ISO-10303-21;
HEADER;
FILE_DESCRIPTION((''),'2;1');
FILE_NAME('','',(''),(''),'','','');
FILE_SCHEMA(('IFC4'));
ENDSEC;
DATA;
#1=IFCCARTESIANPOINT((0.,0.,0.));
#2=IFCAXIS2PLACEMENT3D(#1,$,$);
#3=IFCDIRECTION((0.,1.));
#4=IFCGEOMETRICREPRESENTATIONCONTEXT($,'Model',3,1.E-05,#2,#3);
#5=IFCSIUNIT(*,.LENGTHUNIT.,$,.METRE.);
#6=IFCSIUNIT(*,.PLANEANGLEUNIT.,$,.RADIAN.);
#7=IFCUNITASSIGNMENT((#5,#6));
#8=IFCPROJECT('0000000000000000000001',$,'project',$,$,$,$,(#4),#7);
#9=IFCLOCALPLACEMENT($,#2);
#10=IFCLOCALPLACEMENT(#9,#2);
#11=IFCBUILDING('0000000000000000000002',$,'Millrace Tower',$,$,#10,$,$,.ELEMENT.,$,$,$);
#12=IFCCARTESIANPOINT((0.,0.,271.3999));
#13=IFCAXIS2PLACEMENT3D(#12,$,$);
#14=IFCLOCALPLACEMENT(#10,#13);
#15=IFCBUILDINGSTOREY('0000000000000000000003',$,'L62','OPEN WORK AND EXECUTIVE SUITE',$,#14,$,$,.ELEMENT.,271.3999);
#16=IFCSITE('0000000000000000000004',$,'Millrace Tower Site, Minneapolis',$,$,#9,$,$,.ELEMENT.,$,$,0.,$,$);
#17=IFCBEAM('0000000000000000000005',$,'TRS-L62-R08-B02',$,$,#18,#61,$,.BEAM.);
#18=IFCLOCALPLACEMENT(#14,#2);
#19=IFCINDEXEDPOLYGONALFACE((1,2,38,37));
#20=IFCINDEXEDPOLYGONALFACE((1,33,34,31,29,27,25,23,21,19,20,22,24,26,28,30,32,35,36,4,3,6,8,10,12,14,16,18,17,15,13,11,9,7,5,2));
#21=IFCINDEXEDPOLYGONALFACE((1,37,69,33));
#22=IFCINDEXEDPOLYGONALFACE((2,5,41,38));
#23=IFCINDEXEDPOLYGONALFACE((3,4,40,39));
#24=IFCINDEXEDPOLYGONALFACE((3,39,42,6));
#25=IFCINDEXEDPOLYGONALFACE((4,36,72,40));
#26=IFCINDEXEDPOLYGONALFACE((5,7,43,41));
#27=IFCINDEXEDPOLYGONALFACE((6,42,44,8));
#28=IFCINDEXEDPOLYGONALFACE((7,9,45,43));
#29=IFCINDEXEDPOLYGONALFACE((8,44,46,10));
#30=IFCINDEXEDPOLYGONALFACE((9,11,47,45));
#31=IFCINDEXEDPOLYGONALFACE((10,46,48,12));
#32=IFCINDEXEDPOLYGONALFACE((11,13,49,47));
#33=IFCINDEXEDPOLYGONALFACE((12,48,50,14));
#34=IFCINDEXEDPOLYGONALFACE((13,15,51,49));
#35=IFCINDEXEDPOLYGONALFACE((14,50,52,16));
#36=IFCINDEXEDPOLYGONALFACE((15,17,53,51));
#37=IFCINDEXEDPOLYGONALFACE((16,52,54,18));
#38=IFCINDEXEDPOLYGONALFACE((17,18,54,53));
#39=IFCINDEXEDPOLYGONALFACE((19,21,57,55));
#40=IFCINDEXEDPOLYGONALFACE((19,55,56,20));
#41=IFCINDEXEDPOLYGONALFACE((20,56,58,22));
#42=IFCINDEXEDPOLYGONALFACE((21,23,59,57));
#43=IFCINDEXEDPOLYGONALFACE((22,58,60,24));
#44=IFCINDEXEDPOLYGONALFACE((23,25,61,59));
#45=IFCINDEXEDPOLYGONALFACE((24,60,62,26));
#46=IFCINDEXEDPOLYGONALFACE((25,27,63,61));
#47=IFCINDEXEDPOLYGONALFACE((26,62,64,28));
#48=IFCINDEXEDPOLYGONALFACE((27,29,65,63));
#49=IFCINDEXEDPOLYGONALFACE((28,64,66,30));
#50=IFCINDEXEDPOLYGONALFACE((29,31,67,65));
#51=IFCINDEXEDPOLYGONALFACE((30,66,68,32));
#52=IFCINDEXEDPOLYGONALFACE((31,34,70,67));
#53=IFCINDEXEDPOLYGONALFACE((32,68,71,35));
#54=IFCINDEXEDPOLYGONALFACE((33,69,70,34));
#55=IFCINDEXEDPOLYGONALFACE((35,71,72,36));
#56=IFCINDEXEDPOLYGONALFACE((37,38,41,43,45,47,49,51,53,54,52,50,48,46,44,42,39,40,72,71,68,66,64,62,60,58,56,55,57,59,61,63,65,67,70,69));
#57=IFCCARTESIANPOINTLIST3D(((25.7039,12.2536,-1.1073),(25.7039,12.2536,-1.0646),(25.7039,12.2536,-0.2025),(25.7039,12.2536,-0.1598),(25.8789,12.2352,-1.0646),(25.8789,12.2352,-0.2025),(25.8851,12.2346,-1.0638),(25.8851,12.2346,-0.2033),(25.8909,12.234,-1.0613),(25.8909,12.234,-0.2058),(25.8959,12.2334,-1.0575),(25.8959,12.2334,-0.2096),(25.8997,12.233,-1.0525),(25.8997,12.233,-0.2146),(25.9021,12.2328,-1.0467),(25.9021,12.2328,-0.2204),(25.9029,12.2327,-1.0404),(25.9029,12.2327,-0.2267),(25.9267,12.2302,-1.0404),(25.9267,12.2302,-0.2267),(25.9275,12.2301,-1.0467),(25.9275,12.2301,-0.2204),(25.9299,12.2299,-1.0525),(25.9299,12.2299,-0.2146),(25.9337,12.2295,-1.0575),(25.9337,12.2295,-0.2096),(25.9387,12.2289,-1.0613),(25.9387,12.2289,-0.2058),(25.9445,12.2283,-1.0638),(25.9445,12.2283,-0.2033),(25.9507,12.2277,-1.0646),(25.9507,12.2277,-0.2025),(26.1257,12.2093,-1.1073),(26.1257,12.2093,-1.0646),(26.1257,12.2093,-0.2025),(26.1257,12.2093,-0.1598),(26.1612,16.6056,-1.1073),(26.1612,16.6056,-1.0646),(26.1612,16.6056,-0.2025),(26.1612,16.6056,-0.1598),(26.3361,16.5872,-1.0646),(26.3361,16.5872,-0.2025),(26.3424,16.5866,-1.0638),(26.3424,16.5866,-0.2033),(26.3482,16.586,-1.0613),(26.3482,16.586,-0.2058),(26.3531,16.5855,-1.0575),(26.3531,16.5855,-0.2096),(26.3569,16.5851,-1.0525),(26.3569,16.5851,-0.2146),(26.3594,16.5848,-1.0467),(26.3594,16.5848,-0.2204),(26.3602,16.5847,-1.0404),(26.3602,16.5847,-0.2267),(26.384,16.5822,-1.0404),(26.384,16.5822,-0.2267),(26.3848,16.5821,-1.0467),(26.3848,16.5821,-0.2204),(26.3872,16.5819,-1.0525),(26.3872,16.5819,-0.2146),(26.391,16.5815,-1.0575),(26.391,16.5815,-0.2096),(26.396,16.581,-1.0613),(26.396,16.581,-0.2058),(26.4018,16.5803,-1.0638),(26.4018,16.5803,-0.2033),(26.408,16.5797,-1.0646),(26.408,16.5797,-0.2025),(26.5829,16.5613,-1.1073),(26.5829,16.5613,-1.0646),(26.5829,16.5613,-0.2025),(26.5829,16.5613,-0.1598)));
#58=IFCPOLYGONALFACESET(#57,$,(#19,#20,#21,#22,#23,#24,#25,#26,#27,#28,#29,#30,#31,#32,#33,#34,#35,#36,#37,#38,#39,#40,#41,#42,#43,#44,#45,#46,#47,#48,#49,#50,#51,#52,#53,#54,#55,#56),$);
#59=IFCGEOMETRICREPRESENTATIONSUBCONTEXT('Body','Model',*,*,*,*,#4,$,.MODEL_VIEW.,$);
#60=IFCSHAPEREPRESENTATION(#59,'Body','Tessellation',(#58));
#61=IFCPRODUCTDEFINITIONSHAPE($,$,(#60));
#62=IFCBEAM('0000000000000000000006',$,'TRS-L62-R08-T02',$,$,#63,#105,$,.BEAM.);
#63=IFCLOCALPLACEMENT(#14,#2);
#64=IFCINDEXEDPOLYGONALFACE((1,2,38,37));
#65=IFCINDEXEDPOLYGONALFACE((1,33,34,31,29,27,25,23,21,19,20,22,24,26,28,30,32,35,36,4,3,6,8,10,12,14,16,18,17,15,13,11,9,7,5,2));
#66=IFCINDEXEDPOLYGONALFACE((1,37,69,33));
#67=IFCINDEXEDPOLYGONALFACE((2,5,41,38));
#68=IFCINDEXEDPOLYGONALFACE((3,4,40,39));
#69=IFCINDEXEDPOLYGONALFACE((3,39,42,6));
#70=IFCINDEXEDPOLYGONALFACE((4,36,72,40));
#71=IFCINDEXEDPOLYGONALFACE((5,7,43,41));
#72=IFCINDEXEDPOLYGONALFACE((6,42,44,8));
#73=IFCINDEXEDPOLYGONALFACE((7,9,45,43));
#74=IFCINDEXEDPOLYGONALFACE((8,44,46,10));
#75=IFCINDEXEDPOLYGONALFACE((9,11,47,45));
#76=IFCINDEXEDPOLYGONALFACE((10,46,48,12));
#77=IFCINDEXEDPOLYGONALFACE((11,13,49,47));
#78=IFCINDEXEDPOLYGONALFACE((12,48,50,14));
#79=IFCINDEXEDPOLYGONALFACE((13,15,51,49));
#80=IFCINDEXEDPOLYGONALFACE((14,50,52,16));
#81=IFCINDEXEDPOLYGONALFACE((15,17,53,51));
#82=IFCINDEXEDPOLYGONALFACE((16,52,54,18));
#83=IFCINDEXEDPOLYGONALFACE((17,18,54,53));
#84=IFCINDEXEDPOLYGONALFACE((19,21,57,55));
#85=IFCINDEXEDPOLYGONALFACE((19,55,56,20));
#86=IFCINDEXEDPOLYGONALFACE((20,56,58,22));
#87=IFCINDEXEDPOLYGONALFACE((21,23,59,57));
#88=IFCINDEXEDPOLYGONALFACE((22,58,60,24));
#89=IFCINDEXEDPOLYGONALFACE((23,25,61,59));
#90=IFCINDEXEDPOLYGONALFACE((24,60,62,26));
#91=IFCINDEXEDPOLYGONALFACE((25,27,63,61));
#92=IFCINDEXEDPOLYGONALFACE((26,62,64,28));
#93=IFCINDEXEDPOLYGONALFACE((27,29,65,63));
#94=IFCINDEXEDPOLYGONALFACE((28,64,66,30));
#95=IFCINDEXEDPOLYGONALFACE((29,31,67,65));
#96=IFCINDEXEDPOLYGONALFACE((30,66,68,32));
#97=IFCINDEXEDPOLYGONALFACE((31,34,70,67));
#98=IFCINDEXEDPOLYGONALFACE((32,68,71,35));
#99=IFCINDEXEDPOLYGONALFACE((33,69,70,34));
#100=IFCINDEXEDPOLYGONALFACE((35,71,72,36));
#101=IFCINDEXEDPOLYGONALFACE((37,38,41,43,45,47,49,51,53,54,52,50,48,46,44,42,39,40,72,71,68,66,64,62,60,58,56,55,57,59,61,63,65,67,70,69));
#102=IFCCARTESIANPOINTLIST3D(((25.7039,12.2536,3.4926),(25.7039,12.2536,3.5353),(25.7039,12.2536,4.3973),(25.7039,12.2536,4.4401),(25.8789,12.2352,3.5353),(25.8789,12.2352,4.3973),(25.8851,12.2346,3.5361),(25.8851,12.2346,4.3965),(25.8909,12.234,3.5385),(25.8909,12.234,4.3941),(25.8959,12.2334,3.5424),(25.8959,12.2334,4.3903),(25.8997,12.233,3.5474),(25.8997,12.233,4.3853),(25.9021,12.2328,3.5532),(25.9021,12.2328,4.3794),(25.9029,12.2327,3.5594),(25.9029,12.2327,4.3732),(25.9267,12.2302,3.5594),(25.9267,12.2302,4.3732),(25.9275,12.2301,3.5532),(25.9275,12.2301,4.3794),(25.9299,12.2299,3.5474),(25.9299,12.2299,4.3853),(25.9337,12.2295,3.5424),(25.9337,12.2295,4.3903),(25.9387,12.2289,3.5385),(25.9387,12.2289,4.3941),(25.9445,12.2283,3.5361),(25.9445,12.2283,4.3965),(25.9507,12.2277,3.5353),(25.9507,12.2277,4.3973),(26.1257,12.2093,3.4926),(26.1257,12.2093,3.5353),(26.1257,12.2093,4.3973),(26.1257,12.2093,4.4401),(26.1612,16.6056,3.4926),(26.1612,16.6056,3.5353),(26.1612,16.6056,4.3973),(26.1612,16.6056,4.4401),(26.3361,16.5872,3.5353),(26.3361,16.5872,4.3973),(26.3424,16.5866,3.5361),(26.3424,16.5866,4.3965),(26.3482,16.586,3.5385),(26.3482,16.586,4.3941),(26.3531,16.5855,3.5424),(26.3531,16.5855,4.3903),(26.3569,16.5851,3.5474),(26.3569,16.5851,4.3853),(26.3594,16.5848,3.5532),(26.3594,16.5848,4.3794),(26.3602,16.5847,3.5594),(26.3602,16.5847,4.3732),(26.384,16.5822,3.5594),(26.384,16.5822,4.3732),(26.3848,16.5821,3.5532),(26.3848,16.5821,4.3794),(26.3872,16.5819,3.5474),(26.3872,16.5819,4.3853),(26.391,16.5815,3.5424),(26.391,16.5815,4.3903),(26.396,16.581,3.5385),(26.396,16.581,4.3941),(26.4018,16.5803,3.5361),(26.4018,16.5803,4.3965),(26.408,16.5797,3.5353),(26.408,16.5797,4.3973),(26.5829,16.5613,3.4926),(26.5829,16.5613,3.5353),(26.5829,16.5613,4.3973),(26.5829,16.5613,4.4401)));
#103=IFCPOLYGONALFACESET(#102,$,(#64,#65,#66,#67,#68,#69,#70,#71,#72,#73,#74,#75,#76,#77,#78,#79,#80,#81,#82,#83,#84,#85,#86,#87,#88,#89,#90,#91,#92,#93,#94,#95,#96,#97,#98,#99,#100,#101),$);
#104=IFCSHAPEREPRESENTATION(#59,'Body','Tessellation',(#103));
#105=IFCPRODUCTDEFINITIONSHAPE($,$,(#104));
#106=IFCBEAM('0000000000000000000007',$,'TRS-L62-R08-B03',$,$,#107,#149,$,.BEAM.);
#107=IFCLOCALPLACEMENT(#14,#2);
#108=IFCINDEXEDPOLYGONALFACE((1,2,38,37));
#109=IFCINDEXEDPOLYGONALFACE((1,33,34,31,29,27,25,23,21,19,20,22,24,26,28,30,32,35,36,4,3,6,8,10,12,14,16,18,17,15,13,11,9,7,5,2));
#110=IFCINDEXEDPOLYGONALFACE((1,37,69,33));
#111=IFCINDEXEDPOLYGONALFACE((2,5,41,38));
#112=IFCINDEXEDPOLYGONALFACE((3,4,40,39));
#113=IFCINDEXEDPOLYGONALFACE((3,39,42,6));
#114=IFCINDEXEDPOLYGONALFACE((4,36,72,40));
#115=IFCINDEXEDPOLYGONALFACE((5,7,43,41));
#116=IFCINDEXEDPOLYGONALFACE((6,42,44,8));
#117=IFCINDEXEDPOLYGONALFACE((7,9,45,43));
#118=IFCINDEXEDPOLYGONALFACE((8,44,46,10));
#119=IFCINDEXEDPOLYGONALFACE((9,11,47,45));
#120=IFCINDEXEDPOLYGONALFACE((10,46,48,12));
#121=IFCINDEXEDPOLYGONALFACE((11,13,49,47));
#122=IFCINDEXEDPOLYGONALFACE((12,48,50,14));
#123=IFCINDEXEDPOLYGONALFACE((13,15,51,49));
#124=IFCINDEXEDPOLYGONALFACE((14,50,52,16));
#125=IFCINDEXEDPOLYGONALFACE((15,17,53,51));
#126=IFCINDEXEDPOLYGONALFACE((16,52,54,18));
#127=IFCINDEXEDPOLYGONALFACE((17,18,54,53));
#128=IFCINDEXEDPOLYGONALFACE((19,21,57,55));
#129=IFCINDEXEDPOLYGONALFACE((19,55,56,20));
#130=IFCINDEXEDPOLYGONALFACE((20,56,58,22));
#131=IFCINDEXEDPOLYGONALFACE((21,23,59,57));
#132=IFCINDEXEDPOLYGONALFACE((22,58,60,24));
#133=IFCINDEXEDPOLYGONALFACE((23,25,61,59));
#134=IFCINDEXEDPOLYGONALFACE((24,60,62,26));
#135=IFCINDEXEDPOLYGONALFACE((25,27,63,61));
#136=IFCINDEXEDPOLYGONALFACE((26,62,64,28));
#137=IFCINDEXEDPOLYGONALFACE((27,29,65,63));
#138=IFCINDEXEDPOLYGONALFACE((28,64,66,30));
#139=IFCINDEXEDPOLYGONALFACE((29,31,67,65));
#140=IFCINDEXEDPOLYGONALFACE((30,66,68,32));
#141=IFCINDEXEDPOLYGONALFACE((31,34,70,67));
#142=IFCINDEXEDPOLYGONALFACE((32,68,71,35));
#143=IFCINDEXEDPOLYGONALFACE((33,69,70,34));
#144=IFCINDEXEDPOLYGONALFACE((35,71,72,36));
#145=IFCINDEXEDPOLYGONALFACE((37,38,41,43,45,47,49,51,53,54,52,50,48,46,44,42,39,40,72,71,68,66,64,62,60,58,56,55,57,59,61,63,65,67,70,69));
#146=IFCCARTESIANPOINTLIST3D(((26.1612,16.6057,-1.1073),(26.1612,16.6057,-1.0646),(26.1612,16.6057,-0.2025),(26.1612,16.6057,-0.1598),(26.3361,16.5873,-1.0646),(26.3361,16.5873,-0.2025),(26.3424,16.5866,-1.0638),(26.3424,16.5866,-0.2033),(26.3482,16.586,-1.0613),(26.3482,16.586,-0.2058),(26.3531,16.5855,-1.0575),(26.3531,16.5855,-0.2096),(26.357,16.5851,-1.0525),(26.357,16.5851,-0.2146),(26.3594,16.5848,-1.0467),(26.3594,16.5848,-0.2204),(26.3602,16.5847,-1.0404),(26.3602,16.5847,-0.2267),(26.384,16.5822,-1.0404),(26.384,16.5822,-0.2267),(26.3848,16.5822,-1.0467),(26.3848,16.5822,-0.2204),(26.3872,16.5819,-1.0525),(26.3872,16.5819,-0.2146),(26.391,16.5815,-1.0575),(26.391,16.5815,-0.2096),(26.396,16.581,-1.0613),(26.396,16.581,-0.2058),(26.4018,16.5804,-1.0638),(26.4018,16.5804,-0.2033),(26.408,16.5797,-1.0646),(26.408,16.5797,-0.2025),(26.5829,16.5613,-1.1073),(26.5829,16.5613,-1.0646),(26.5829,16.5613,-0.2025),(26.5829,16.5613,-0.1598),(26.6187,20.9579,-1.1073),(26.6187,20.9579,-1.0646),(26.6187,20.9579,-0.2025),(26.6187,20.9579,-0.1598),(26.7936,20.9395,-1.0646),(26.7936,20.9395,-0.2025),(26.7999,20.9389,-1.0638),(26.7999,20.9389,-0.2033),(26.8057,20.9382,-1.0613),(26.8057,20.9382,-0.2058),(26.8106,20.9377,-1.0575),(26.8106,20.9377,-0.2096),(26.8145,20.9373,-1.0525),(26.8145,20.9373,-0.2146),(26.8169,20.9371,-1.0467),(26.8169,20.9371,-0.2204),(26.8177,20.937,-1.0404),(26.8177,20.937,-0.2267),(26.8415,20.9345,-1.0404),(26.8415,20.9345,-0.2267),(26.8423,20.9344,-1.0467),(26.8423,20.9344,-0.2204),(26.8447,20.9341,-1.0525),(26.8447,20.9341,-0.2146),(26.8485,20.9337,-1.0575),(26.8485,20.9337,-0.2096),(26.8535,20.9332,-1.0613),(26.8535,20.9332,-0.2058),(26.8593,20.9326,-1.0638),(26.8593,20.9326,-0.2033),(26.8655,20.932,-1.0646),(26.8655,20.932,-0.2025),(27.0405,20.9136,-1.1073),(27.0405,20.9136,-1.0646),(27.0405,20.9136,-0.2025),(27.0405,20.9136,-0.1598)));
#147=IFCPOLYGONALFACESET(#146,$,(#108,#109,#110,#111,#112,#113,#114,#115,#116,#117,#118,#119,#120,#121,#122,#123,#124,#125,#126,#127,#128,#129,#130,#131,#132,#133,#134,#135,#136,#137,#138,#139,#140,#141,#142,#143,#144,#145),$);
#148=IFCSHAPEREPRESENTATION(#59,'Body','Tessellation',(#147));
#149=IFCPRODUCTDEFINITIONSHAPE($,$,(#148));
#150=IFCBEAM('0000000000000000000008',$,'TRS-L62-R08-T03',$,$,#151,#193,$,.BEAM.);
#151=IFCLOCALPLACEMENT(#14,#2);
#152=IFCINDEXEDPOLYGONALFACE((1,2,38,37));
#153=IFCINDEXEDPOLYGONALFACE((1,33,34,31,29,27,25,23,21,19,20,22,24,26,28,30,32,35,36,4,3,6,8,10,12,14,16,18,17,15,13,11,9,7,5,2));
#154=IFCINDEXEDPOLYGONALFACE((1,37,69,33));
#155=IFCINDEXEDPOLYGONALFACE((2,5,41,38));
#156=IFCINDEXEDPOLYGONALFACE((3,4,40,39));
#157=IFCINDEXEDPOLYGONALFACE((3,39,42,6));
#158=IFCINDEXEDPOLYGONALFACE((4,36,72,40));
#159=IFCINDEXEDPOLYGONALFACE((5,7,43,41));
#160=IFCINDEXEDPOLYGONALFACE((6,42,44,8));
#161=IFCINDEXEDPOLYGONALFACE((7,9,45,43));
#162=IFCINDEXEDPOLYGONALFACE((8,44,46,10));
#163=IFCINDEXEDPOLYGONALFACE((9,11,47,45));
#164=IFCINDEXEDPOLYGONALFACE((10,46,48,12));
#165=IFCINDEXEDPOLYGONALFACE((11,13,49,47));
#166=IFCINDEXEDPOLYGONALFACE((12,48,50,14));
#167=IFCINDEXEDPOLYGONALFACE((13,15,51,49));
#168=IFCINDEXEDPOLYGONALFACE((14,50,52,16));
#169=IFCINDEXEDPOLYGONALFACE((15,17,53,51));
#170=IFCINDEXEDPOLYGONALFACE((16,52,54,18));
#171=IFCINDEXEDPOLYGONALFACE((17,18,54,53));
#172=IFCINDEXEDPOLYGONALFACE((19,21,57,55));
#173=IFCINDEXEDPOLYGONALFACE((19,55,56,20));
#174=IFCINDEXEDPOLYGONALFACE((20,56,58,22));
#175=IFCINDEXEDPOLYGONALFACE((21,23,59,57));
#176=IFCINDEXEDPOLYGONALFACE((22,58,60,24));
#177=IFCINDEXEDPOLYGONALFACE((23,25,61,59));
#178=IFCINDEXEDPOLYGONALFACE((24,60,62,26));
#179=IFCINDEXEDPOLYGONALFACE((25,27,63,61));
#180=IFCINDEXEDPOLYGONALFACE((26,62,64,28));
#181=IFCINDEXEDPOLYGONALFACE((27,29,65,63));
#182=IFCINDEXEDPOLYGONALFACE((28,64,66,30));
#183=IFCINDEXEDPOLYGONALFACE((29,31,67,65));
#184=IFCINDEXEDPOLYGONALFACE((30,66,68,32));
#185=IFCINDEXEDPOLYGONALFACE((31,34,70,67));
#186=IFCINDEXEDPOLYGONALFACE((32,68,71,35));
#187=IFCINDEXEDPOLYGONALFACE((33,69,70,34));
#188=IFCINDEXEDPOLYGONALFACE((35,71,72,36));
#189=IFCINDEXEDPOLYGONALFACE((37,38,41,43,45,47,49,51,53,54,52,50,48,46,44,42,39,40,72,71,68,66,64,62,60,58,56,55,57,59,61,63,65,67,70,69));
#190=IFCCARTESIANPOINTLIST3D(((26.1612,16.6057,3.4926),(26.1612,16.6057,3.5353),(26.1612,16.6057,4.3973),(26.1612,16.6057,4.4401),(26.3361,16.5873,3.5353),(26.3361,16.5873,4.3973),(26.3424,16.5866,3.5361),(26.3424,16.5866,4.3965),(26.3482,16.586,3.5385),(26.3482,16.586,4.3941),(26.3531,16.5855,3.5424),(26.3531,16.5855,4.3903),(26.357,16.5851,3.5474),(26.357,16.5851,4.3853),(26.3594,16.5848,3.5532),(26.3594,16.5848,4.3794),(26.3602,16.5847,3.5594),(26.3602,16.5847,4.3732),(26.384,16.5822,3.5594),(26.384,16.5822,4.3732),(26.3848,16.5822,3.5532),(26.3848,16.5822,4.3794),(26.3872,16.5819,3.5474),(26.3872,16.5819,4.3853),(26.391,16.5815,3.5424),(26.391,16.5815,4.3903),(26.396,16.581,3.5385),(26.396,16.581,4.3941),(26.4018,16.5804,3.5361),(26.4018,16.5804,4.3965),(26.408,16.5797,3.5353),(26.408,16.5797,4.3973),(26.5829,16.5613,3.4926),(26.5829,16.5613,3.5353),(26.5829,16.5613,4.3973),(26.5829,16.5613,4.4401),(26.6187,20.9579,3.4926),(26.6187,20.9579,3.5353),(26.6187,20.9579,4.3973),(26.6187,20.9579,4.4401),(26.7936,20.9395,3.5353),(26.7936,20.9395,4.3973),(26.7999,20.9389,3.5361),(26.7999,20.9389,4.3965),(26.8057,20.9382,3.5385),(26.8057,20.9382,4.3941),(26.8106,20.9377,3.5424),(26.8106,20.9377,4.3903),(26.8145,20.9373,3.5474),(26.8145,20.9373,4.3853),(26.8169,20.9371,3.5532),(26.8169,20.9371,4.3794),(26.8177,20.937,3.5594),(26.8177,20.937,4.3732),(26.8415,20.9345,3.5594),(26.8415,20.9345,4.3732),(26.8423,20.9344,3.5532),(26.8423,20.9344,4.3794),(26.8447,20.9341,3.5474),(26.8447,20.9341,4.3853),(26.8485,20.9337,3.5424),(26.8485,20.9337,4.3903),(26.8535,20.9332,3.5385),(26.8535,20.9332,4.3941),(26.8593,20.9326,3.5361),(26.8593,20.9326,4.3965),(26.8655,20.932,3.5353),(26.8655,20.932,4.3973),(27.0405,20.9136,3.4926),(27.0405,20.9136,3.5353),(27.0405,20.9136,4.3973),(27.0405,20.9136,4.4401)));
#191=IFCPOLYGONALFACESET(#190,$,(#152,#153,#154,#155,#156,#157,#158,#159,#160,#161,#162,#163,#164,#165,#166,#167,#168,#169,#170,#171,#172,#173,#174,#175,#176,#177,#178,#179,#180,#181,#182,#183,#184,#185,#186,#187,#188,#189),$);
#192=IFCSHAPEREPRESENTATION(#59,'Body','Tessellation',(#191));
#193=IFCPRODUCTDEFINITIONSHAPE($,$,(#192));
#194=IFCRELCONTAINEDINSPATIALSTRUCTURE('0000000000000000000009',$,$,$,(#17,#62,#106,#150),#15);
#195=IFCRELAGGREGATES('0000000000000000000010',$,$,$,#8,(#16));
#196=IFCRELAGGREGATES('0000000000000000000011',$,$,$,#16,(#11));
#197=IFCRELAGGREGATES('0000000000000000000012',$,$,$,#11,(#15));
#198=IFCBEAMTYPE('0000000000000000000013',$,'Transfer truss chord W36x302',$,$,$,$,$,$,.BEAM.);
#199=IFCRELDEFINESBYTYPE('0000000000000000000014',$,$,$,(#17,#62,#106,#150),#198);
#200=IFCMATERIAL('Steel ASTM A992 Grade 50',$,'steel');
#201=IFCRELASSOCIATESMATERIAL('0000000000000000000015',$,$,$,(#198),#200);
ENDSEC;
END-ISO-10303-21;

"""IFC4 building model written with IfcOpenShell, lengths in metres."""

from ifc_helpers import new_model, si_unit, direction, frame, origin, origin_2d, place, context, subcontext, project, spatial, i_section, extrude, material, material_profile, profile_set, type_object, element, save


model = new_model("IFC4")

# Units and contexts
model_context = context("Model", 3, precision=1e-05, world=origin(), true_north=direction((0.0, 1.0)))
body_context = subcontext(model_context, "Body", "Model", "MODEL_VIEW")
ifc_project = project(units=[si_unit("LENGTHUNIT", "METRE"), si_unit("PLANEANGLEUNIT", "RADIAN")], contexts=[model_context])

# Site, building, storey
site_placement = place(None, origin())
site = spatial("IfcSite", under=ifc_project, at=site_placement, Name="Millrace Tower Site, Minneapolis", CompositionType="ELEMENT", RefElevation=0.0)
building_placement = place(site_placement, origin())
building = spatial("IfcBuilding", under=site, at=building_placement, Name="Millrace Tower", CompositionType="ELEMENT")
storey_placement = place(building_placement, frame((0.0, 0.0, 271.3999)))
storey = spatial("IfcBuildingStorey", under=building, at=storey_placement, Name="L62", Description="OPEN WORK AND EXECUTIVE SUITE", CompositionType="ELEMENT", Elevation=271.3999)

# Beams
ifc_material_1 = material(Name="Steel ASTM A992 Grade 50", Category="steel")
ifc_material_profile_1 = material_profile(ifc_material_1, i_section(OverallWidth=0.4241, OverallDepth=0.9475, WebThickness=0.0239, FlangeThickness=0.0427, FilletRadius=0.0242, at=origin_2d()))
ifc_profile_set_1 = profile_set([ifc_material_profile_1], Name="Steel ASTM A992 Grade 50")
beam_type_1 = type_object("IfcBeamType", Name="Transfer truss chord W36x302", PredefinedType="BEAM", material=ifc_profile_set_1)
for number, where, z_axis, x_axis, name in (
    (1, (25.9148, 12.2314, -0.6335), (0.104496, 0.994525, 0.0), (-0.994525, 0.104496, 0.0), "TRS-L62-R08-B02"),
    (2, (25.9148, 12.2314, 3.9663), (0.104496, 0.994525, 0.0), (-0.994525, 0.104496, 0.0), "TRS-L62-R08-T02"),
):
    element("IfcBeam", number, at=place(storey_placement, frame(where, z_axis=z_axis, x_axis=x_axis)), inside=storey, type_object=beam_type_1, Name=name, PredefinedType="BEAM", context=body_context, shape_type="SweptSolid", body=[
        extrude(i_section(OverallWidth=0.4241, OverallDepth=0.9475, WebThickness=0.0239, FlangeThickness=0.0427, FilletRadius=0.0242, at=origin_2d()), origin(), (0.0, 0.0, 1.0), 4.376),
    ])
for number, where, z_axis, x_axis, name in (
    (3, (26.3721, 16.5835, -0.6335), (0.104545, 0.99452, 0.0), (-0.99452, 0.104545, 0.0), "TRS-L62-R08-B03"),
    (4, (26.3721, 16.5835, 3.9663), (0.104545, 0.99452, 0.0), (-0.99452, 0.104545, 0.0), "TRS-L62-R08-T03"),
):
    element("IfcBeam", number, at=place(storey_placement, frame(where, z_axis=z_axis, x_axis=x_axis)), inside=storey, type_object=beam_type_1, Name=name, PredefinedType="BEAM", context=body_context, shape_type="SweptSolid", body=[
        extrude(i_section(OverallWidth=0.4241, OverallDepth=0.9475, WebThickness=0.0239, FlangeThickness=0.0427, FilletRadius=0.0242, at=origin_2d()), origin(), (0.0, 0.0, 1.0), 4.3762),
    ])

save(model, "model.ifc")
